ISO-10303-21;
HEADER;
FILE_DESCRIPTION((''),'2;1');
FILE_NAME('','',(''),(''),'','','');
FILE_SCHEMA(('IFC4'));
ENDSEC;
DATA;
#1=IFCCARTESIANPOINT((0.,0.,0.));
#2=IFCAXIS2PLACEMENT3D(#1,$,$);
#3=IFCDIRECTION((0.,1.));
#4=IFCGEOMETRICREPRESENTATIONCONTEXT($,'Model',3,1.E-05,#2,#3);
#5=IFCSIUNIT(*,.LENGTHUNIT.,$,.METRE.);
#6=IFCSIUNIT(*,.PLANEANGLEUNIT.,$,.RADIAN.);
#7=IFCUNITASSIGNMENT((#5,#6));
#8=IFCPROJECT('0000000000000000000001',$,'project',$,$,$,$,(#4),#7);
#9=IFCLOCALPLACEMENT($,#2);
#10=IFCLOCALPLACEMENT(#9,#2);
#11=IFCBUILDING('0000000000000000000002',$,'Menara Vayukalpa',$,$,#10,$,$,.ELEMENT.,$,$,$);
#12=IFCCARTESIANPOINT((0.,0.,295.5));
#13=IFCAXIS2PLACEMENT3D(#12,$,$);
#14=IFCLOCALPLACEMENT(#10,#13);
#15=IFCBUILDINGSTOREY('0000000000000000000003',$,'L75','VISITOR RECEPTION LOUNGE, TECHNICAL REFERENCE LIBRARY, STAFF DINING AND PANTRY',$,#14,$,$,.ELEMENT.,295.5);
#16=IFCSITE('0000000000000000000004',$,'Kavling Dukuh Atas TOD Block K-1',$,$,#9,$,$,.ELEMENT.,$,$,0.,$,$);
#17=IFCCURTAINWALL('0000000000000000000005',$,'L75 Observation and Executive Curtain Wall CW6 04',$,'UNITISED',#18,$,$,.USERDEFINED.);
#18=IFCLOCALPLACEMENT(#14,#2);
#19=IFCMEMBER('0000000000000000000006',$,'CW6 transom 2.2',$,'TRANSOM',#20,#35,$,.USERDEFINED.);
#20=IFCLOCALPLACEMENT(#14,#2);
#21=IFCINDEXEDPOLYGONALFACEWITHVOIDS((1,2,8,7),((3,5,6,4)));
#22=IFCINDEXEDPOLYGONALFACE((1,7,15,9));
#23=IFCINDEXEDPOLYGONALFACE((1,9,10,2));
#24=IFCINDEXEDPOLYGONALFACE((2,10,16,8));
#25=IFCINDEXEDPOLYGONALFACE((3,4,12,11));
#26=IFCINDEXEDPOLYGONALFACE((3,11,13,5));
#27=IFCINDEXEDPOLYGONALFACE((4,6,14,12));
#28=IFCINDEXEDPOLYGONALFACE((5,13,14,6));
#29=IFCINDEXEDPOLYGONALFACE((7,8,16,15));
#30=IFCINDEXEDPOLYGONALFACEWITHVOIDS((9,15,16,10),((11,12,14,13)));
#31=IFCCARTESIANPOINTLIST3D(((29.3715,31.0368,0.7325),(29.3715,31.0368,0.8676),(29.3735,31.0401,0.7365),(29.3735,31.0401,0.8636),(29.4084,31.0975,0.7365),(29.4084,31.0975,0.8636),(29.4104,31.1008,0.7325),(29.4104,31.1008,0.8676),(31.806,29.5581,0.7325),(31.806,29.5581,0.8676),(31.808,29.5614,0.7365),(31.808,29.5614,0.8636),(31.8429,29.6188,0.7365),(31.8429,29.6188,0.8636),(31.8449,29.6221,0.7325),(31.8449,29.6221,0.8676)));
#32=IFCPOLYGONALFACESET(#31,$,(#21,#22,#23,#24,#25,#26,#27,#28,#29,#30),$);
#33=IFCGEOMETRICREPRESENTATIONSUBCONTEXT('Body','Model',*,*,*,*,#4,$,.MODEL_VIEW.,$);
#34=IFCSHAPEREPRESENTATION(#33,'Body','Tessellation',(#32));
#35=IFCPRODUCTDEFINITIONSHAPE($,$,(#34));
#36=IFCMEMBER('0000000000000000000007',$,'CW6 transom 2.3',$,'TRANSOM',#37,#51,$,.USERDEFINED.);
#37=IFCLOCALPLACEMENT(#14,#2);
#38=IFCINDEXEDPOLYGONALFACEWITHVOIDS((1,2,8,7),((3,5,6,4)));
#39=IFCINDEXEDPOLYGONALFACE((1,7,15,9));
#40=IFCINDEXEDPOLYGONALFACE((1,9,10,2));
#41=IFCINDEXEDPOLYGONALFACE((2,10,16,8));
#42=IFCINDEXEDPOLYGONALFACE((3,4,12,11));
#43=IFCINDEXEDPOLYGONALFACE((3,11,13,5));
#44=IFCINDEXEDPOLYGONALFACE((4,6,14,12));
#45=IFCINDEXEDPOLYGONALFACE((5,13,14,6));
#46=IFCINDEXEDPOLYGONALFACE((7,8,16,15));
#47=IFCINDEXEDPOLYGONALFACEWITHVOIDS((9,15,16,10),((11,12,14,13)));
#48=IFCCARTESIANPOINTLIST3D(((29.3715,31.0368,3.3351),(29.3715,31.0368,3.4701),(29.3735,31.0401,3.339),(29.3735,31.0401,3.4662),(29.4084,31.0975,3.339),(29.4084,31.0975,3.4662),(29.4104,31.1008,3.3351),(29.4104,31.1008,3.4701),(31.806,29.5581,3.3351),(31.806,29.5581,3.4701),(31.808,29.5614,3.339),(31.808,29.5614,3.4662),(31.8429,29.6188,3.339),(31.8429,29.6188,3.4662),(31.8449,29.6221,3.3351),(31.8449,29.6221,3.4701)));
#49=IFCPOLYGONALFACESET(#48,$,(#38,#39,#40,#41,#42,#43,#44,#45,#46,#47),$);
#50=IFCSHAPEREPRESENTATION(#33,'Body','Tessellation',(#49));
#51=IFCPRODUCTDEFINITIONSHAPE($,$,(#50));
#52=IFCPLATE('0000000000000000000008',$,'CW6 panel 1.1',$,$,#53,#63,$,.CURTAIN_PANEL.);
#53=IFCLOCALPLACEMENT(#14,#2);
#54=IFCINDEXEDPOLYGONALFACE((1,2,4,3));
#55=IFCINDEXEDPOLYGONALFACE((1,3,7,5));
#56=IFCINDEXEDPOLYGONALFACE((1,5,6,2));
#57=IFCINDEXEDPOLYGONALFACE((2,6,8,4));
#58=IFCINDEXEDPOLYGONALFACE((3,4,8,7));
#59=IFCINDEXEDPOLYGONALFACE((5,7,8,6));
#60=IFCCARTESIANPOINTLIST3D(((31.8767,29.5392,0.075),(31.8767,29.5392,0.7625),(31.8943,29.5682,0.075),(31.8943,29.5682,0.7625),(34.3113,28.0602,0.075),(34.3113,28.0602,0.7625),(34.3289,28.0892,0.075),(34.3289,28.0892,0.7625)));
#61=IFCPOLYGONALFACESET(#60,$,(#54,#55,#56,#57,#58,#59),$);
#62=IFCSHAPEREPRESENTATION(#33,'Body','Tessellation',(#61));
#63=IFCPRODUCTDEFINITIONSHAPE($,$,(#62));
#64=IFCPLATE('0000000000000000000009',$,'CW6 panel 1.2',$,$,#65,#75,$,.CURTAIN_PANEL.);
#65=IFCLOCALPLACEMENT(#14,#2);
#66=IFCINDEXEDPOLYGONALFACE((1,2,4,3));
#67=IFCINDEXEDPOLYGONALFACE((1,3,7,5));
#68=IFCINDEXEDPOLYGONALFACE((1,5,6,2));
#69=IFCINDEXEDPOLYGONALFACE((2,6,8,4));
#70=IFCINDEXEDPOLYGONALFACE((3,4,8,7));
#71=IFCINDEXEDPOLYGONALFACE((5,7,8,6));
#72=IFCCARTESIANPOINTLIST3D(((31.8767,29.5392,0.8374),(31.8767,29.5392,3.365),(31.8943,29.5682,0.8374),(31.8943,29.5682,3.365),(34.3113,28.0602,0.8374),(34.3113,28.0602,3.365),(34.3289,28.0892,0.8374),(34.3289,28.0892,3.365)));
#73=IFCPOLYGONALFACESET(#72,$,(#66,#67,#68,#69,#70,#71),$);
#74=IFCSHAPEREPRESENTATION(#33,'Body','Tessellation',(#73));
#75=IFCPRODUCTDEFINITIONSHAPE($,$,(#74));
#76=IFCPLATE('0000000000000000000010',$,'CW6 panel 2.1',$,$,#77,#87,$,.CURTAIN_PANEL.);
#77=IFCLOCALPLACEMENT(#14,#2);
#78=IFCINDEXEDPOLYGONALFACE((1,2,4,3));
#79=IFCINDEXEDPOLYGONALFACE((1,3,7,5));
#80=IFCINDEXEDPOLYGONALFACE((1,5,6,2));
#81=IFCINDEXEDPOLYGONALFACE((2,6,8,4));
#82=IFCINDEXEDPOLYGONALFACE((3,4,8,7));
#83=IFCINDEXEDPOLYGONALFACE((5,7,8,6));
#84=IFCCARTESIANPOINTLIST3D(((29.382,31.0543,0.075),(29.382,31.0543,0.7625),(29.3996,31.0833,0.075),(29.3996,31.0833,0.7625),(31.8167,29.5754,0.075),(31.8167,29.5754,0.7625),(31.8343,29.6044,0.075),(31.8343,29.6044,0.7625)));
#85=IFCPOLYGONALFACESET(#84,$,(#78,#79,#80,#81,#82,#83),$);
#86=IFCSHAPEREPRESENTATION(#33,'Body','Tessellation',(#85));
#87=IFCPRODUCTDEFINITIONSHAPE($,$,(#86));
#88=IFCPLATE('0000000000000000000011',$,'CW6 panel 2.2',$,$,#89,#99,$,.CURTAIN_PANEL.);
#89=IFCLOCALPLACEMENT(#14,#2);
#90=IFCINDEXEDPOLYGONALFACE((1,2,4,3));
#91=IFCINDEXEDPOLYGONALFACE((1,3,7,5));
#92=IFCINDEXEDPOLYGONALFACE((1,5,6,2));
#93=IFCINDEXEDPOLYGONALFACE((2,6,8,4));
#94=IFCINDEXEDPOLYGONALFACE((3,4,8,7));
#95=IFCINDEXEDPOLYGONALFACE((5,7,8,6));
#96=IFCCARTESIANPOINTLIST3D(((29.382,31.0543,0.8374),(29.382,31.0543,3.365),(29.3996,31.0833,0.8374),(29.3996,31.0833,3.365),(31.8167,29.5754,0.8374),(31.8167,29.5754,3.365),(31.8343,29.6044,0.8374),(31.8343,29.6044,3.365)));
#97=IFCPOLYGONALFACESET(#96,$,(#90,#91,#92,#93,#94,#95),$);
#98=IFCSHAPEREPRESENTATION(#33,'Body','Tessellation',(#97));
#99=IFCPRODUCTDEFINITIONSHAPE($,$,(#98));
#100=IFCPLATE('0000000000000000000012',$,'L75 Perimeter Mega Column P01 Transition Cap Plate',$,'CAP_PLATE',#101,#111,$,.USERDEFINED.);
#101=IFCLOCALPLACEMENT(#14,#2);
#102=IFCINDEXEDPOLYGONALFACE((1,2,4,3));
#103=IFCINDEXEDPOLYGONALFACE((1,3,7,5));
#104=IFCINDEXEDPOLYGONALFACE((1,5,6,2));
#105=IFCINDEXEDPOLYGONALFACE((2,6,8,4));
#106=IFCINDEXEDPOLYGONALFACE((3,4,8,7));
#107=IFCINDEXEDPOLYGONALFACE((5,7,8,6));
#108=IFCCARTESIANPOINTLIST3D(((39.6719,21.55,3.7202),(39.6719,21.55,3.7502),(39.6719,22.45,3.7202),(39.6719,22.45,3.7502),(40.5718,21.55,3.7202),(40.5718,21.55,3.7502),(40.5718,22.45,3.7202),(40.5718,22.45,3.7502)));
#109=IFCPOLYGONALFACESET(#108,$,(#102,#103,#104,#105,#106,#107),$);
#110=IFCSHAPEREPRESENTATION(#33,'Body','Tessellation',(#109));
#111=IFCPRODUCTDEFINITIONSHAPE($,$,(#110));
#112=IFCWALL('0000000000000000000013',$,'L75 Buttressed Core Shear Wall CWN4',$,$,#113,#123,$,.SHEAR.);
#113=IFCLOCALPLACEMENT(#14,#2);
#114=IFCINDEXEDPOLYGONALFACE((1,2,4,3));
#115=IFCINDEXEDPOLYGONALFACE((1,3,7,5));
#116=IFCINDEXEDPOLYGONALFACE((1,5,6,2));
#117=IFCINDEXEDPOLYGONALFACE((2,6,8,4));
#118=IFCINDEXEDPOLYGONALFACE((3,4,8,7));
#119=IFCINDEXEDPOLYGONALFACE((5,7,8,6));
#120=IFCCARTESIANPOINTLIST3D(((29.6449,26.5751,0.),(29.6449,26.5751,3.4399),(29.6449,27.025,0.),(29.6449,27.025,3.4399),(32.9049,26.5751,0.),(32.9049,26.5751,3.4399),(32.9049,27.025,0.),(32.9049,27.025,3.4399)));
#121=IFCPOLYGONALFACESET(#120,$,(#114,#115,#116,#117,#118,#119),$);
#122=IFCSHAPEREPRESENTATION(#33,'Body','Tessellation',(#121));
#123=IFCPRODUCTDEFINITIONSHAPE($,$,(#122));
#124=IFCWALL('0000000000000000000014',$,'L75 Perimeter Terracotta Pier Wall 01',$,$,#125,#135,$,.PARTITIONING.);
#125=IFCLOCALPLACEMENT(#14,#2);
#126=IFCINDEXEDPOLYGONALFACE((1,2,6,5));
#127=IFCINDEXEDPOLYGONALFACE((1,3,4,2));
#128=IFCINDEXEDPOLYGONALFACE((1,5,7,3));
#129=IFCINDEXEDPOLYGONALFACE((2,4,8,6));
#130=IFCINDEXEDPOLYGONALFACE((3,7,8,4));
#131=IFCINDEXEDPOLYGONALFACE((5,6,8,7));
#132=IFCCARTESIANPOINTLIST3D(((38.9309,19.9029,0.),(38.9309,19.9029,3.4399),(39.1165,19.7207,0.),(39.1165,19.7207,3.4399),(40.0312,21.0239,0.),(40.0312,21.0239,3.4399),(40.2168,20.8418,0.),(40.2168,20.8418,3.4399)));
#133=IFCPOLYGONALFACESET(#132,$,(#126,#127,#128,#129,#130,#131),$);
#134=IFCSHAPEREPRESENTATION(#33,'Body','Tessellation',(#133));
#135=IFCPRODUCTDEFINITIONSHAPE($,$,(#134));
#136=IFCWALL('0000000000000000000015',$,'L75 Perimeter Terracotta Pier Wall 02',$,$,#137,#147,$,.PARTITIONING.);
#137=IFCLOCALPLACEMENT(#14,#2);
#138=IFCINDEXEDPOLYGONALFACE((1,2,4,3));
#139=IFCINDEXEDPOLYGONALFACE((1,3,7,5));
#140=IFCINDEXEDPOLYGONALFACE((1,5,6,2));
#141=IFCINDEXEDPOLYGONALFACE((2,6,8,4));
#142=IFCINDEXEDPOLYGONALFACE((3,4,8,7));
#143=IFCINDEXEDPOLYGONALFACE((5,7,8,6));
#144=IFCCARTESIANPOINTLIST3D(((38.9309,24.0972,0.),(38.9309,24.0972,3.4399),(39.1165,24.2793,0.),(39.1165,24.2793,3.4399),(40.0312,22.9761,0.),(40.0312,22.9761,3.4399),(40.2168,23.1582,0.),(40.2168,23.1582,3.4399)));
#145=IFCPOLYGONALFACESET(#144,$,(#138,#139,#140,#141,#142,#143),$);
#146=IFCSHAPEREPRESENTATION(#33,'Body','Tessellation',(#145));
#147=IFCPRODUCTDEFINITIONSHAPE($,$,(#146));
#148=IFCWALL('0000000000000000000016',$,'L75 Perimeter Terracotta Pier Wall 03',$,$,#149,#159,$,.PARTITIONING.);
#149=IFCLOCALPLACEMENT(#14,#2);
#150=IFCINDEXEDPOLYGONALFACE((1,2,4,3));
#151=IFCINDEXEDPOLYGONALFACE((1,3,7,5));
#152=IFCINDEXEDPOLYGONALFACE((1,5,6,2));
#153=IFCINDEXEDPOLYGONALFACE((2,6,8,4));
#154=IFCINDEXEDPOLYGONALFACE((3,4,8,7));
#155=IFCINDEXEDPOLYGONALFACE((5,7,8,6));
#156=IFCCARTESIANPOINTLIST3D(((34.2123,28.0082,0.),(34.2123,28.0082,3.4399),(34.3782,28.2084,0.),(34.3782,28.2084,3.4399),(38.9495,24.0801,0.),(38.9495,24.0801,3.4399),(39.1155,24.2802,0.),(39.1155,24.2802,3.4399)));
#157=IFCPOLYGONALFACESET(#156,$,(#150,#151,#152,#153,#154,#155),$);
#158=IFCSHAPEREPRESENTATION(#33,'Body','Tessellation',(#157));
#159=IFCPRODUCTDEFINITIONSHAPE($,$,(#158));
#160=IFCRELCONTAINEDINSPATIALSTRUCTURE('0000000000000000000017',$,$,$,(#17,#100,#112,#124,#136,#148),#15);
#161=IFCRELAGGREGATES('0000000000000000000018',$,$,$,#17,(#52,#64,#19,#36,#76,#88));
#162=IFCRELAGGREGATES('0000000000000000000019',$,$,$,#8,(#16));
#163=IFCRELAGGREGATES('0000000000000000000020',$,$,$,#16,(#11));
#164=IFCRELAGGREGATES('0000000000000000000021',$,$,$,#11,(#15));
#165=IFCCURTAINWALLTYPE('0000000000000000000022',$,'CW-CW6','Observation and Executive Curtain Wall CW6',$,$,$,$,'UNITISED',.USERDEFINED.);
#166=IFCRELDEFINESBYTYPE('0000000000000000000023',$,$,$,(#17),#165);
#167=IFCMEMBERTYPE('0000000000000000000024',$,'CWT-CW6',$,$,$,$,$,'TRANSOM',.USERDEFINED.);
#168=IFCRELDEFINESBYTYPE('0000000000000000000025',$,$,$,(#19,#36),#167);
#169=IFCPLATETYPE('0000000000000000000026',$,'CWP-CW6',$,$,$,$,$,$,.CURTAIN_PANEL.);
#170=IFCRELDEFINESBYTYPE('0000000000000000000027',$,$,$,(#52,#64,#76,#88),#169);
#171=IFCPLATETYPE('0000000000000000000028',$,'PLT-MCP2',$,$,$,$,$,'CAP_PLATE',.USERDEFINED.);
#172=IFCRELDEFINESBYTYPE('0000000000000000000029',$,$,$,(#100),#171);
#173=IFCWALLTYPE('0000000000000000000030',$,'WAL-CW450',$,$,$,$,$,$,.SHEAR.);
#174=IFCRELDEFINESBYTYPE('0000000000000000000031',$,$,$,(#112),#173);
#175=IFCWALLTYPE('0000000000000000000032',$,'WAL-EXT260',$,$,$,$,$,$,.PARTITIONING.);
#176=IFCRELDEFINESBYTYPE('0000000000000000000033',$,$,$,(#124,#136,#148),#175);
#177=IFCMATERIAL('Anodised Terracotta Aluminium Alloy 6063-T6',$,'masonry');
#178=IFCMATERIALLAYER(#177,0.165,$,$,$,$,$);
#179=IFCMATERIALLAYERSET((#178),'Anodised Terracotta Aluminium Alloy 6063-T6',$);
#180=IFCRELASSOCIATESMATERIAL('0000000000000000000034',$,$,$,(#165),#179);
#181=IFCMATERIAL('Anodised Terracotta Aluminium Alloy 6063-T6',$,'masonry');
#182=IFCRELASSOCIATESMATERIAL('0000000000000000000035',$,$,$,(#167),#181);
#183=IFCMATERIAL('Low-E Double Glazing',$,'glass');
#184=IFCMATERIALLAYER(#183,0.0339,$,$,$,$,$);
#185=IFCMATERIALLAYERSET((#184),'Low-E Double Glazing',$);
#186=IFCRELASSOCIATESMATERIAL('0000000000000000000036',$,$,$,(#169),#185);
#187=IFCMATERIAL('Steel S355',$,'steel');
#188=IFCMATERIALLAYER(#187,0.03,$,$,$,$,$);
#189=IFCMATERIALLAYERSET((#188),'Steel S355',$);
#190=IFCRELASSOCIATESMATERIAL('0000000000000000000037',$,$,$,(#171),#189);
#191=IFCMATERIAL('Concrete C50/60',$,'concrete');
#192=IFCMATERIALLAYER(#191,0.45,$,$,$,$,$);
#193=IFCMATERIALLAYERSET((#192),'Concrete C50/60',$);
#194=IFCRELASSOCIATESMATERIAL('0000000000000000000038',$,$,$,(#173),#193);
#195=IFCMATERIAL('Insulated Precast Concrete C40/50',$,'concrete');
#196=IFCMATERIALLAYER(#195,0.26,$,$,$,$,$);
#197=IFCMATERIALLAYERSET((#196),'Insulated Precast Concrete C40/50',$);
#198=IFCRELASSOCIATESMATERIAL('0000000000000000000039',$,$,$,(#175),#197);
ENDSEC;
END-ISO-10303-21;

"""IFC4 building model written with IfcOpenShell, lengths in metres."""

from ifc_helpers import new_model, si_unit, direction, frame, frame_2d, origin, origin_2d, place, context, subcontext, project, spatial, rectangle, hollow_rectangle, extrude, material, layer, layer_set, material_profile, profile_set, type_object, element, aggregate, save


model = new_model("IFC4")

# Units and contexts
model_context = context("Model", 3, precision=1e-05, world=origin(), true_north=direction((0.0, 1.0)))
body_context = subcontext(model_context, "Body", "Model", "MODEL_VIEW")
ifc_project = project(units=[si_unit("LENGTHUNIT", "METRE"), si_unit("PLANEANGLEUNIT", "RADIAN")], contexts=[model_context])

# Site, building, storey
site_placement = place(None, origin())
site = spatial("IfcSite", under=ifc_project, at=site_placement, Name="Kavling Dukuh Atas TOD Block K-1", CompositionType="ELEMENT", RefElevation=0.0)
building_placement = place(site_placement, origin())
building = spatial("IfcBuilding", under=site, at=building_placement, Name="Menara Vayukalpa", CompositionType="ELEMENT")
storey_placement = place(building_placement, frame((0.0, 0.0, 295.5)))
storey = spatial("IfcBuildingStorey", under=building, at=storey_placement, Name="L75", Description="VISITOR RECEPTION LOUNGE, TECHNICAL REFERENCE LIBRARY, STAFF DINING AND PANTRY", CompositionType="ELEMENT", Elevation=295.5)

# Curtain wall, members, plates
ifc_material_1 = material(Name="Anodised Terracotta Aluminium Alloy 6063-T6", Category="masonry")
ifc_layer_1 = layer(ifc_material_1, 0.165)
ifc_layer_set_1 = layer_set([ifc_layer_1], Name="Anodised Terracotta Aluminium Alloy 6063-T6")
curtain_wall_type = type_object("IfcCurtainWallType", Name="CW-CW6", Description="Observation and Executive Curtain Wall CW6", ElementType="UNITISED", PredefinedType="USERDEFINED", material=ifc_layer_set_1)
curtain_wall_placement = place(storey_placement, origin())
curtain_wall = element("IfcCurtainWall", 1, at=curtain_wall_placement, inside=storey, type_object=curtain_wall_type, Name="L75 Observation and Executive Curtain Wall CW6 04", ObjectType="UNITISED", PredefinedType="USERDEFINED")
ifc_material_2 = material(Name="Anodised Terracotta Aluminium Alloy 6063-T6", Category="masonry")
ifc_material_profile_1 = material_profile(ifc_material_2, hollow_rectangle(XDim=0.075, YDim=0.135, WallThickness=0.0039, at=origin_2d()), Name="ALU 75x135x4")
ifc_profile_set_1 = profile_set([ifc_material_profile_1], Name="Anodised Terracotta Aluminium Alloy 6063-T6")
member_type_1 = type_object("IfcMemberType", Name="CWT-CW6", ElementType="TRANSOM", PredefinedType="USERDEFINED", material=ifc_profile_set_1)
member_1_placement = place(storey_placement, frame((31.8254, 29.5901, 0.8), z_axis=(-0.85469, 0.519139, 0.0), x_axis=(-0.519139, -0.85469, 0.0)))
member_1 = element("IfcMember", 2, at=member_1_placement, type_object=member_type_1, Name="CW6 transom 2.2", ObjectType="TRANSOM", PredefinedType="USERDEFINED", context=body_context, shape_type="SweptSolid", body=[
    extrude(hollow_rectangle(XDim=0.075, YDim=0.135, WallThickness=0.0039, at=origin_2d()), origin(), (0.0, 0.0, 1.0), 2.8484),
])
member_2_placement = place(storey_placement, frame((31.8254, 29.5901, 3.4026), z_axis=(-0.85469, 0.519139, 0.0), x_axis=(-0.519139, -0.85469, 0.0)))
member_2 = element("IfcMember", 3, at=member_2_placement, type_object=member_type_1, Name="CW6 transom 2.3", ObjectType="TRANSOM", PredefinedType="USERDEFINED", context=body_context, shape_type="SweptSolid", body=[
    extrude(hollow_rectangle(XDim=0.075, YDim=0.135, WallThickness=0.0039, at=origin_2d()), origin(), (0.0, 0.0, 1.0), 2.8484),
])
ifc_material_3 = material(Name="Low-E Double Glazing", Category="glass")
ifc_layer_2 = layer(ifc_material_3, 0.0339)
ifc_layer_set_2 = layer_set([ifc_layer_2], Name="Low-E Double Glazing")
plate_type_1 = type_object("IfcPlateType", Name="CWP-CW6", PredefinedType="CURTAIN_PANEL", material=ifc_layer_set_2)
plate_1_placement = place(storey_placement, frame((33.1028, 28.8142, 0.075), z_axis=(0.0, 0.0, 1.0), x_axis=(-0.854668, 0.519176, 0.0)))
plate_1 = element("IfcPlate", 4, at=plate_1_placement, type_object=plate_type_1, Name="CW6 panel 1.1", PredefinedType="CURTAIN_PANEL", context=body_context, shape_type="SweptSolid", body=[
    extrude(rectangle(XDim=2.8486, YDim=0.0339, at=origin_2d()), origin(), (0.0, 0.0, 1.0), 0.6875),
])
plate_2_placement = place(storey_placement, frame((33.1028, 28.8142, 0.8374), z_axis=(0.0, 0.0, 1.0), x_axis=(-0.854668, 0.519176, 0.0)))
plate_2 = element("IfcPlate", 5, at=plate_2_placement, type_object=plate_type_1, Name="CW6 panel 1.2", PredefinedType="CURTAIN_PANEL", context=body_context, shape_type="SweptSolid", body=[
    extrude(rectangle(XDim=2.8486, YDim=0.0339, at=origin_2d()), origin(), (0.0, 0.0, 1.0), 2.5276),
])
plate_3_placement = place(storey_placement, frame((30.6082, 30.3293, 0.075), z_axis=(0.0, 0.0, 1.0), x_axis=(-0.854668, 0.519176, 0.0)))
plate_3 = element("IfcPlate", 6, at=plate_3_placement, type_object=plate_type_1, Name="CW6 panel 2.1", PredefinedType="CURTAIN_PANEL", context=body_context, shape_type="SweptSolid", body=[
    extrude(rectangle(XDim=2.8486, YDim=0.0339, at=origin_2d()), origin(), (0.0, 0.0, 1.0), 0.6875),
])
plate_4_placement = place(storey_placement, frame((30.6082, 30.3293, 0.8374), z_axis=(0.0, 0.0, 1.0), x_axis=(-0.854668, 0.519176, 0.0)))
plate_4 = element("IfcPlate", 7, at=plate_4_placement, type_object=plate_type_1, Name="CW6 panel 2.2", PredefinedType="CURTAIN_PANEL", context=body_context, shape_type="SweptSolid", body=[
    extrude(rectangle(XDim=2.8486, YDim=0.0339, at=origin_2d()), origin(), (0.0, 0.0, 1.0), 2.5276),
])
aggregate(curtain_wall, [plate_1, plate_2, member_1, member_2, plate_3, plate_4])

# Plate
ifc_material_4 = material(Name="Steel S355", Category="steel")
ifc_layer_3 = layer(ifc_material_4, 0.03)
ifc_layer_set_3 = layer_set([ifc_layer_3], Name="Steel S355")
plate_type_2 = type_object("IfcPlateType", Name="PLT-MCP2", ElementType="CAP_PLATE", PredefinedType="USERDEFINED", material=ifc_layer_set_3)
plate_5_placement = place(storey_placement, frame((40.1218, 22.0, 3.7202), z_axis=(0.0, 0.0, 1.0), x_axis=(1.0, 0.0, 0.0)))
element("IfcPlate", 8, at=plate_5_placement, inside=storey, type_object=plate_type_2, Name="L75 Perimeter Mega Column P01 Transition Cap Plate", ObjectType="CAP_PLATE", PredefinedType="USERDEFINED", context=body_context, shape_type="SweptSolid", body=[
    extrude(rectangle(XDim=0.8999, YDim=0.8999, at=origin_2d()), origin(), (0.0, 0.0, 1.0), 0.03),
])

# Walls
ifc_material_5 = material(Name="Concrete C50/60", Category="concrete")
ifc_layer_4 = layer(ifc_material_5, 0.45)
ifc_layer_set_4 = layer_set([ifc_layer_4], Name="Concrete C50/60")
wall_type_1 = type_object("IfcWallType", Name="WAL-CW450", PredefinedType="SHEAR", material=ifc_layer_set_4)
wall_1_placement = place(storey_placement, frame((29.645, 26.8, 0.0), z_axis=(0.0, 0.0, 1.0), x_axis=(1.0, 0.0, 0.0)))
element("IfcWall", 9, at=wall_1_placement, inside=storey, type_object=wall_type_1, Name="L75 Buttressed Core Shear Wall CWN4", PredefinedType="SHEAR", context=body_context, shape_type="SweptSolid", body=[
    extrude(rectangle(XDim=3.26, YDim=0.45, at=frame_2d((1.6299, 0.0))), origin(), (0.0, 0.0, 1.0), 3.4399),
])
ifc_material_6 = material(Name="Insulated Precast Concrete C40/50", Category="concrete")
ifc_layer_5 = layer(ifc_material_6, 0.26)
ifc_layer_set_5 = layer_set([ifc_layer_5], Name="Insulated Precast Concrete C40/50")
wall_type_2 = type_object("IfcWallType", Name="WAL-EXT260", PredefinedType="PARTITIONING", material=ifc_layer_set_5)
for number, where, z_axis, x_axis, name in (
    (10, (40.124, 20.9329, 0.0), (0.0, 0.0, 1.0), (-0.700471, -0.713681, 0.0), "L75 Perimeter Terracotta Pier Wall 01"),
    (11, (39.0237, 24.1882, 0.0), (0.0, 0.0, 1.0), (0.700471, -0.713681, 0.0), "L75 Perimeter Terracotta Pier Wall 02"),
):
    element("IfcWall", number, at=place(storey_placement, frame(where, z_axis=z_axis, x_axis=x_axis)), inside=storey, type_object=wall_type_2, Name=name, PredefinedType="PARTITIONING", context=body_context, shape_type="SweptSolid", body=[
        extrude(rectangle(XDim=1.5708, YDim=0.26, at=frame_2d((0.7854, 0.0))), origin(), (0.0, 0.0, 1.0), 3.4399),
    ])
wall_2_placement = place(storey_placement, frame((34.2952, 28.1084, 0.0), z_axis=(0.0, 0.0, 1.0), x_axis=(0.76978, -0.638309, 0.0)))
element("IfcWall", 12, at=wall_2_placement, inside=storey, type_object=wall_type_2, Name="L75 Perimeter Terracotta Pier Wall 03", PredefinedType="PARTITIONING", context=body_context, shape_type="SweptSolid", body=[
    extrude(rectangle(XDim=6.1541, YDim=0.26, at=frame_2d((3.0771, 0.0))), origin(), (0.0, 0.0, 1.0), 3.4399),
])

save(model, "model.ifc")
